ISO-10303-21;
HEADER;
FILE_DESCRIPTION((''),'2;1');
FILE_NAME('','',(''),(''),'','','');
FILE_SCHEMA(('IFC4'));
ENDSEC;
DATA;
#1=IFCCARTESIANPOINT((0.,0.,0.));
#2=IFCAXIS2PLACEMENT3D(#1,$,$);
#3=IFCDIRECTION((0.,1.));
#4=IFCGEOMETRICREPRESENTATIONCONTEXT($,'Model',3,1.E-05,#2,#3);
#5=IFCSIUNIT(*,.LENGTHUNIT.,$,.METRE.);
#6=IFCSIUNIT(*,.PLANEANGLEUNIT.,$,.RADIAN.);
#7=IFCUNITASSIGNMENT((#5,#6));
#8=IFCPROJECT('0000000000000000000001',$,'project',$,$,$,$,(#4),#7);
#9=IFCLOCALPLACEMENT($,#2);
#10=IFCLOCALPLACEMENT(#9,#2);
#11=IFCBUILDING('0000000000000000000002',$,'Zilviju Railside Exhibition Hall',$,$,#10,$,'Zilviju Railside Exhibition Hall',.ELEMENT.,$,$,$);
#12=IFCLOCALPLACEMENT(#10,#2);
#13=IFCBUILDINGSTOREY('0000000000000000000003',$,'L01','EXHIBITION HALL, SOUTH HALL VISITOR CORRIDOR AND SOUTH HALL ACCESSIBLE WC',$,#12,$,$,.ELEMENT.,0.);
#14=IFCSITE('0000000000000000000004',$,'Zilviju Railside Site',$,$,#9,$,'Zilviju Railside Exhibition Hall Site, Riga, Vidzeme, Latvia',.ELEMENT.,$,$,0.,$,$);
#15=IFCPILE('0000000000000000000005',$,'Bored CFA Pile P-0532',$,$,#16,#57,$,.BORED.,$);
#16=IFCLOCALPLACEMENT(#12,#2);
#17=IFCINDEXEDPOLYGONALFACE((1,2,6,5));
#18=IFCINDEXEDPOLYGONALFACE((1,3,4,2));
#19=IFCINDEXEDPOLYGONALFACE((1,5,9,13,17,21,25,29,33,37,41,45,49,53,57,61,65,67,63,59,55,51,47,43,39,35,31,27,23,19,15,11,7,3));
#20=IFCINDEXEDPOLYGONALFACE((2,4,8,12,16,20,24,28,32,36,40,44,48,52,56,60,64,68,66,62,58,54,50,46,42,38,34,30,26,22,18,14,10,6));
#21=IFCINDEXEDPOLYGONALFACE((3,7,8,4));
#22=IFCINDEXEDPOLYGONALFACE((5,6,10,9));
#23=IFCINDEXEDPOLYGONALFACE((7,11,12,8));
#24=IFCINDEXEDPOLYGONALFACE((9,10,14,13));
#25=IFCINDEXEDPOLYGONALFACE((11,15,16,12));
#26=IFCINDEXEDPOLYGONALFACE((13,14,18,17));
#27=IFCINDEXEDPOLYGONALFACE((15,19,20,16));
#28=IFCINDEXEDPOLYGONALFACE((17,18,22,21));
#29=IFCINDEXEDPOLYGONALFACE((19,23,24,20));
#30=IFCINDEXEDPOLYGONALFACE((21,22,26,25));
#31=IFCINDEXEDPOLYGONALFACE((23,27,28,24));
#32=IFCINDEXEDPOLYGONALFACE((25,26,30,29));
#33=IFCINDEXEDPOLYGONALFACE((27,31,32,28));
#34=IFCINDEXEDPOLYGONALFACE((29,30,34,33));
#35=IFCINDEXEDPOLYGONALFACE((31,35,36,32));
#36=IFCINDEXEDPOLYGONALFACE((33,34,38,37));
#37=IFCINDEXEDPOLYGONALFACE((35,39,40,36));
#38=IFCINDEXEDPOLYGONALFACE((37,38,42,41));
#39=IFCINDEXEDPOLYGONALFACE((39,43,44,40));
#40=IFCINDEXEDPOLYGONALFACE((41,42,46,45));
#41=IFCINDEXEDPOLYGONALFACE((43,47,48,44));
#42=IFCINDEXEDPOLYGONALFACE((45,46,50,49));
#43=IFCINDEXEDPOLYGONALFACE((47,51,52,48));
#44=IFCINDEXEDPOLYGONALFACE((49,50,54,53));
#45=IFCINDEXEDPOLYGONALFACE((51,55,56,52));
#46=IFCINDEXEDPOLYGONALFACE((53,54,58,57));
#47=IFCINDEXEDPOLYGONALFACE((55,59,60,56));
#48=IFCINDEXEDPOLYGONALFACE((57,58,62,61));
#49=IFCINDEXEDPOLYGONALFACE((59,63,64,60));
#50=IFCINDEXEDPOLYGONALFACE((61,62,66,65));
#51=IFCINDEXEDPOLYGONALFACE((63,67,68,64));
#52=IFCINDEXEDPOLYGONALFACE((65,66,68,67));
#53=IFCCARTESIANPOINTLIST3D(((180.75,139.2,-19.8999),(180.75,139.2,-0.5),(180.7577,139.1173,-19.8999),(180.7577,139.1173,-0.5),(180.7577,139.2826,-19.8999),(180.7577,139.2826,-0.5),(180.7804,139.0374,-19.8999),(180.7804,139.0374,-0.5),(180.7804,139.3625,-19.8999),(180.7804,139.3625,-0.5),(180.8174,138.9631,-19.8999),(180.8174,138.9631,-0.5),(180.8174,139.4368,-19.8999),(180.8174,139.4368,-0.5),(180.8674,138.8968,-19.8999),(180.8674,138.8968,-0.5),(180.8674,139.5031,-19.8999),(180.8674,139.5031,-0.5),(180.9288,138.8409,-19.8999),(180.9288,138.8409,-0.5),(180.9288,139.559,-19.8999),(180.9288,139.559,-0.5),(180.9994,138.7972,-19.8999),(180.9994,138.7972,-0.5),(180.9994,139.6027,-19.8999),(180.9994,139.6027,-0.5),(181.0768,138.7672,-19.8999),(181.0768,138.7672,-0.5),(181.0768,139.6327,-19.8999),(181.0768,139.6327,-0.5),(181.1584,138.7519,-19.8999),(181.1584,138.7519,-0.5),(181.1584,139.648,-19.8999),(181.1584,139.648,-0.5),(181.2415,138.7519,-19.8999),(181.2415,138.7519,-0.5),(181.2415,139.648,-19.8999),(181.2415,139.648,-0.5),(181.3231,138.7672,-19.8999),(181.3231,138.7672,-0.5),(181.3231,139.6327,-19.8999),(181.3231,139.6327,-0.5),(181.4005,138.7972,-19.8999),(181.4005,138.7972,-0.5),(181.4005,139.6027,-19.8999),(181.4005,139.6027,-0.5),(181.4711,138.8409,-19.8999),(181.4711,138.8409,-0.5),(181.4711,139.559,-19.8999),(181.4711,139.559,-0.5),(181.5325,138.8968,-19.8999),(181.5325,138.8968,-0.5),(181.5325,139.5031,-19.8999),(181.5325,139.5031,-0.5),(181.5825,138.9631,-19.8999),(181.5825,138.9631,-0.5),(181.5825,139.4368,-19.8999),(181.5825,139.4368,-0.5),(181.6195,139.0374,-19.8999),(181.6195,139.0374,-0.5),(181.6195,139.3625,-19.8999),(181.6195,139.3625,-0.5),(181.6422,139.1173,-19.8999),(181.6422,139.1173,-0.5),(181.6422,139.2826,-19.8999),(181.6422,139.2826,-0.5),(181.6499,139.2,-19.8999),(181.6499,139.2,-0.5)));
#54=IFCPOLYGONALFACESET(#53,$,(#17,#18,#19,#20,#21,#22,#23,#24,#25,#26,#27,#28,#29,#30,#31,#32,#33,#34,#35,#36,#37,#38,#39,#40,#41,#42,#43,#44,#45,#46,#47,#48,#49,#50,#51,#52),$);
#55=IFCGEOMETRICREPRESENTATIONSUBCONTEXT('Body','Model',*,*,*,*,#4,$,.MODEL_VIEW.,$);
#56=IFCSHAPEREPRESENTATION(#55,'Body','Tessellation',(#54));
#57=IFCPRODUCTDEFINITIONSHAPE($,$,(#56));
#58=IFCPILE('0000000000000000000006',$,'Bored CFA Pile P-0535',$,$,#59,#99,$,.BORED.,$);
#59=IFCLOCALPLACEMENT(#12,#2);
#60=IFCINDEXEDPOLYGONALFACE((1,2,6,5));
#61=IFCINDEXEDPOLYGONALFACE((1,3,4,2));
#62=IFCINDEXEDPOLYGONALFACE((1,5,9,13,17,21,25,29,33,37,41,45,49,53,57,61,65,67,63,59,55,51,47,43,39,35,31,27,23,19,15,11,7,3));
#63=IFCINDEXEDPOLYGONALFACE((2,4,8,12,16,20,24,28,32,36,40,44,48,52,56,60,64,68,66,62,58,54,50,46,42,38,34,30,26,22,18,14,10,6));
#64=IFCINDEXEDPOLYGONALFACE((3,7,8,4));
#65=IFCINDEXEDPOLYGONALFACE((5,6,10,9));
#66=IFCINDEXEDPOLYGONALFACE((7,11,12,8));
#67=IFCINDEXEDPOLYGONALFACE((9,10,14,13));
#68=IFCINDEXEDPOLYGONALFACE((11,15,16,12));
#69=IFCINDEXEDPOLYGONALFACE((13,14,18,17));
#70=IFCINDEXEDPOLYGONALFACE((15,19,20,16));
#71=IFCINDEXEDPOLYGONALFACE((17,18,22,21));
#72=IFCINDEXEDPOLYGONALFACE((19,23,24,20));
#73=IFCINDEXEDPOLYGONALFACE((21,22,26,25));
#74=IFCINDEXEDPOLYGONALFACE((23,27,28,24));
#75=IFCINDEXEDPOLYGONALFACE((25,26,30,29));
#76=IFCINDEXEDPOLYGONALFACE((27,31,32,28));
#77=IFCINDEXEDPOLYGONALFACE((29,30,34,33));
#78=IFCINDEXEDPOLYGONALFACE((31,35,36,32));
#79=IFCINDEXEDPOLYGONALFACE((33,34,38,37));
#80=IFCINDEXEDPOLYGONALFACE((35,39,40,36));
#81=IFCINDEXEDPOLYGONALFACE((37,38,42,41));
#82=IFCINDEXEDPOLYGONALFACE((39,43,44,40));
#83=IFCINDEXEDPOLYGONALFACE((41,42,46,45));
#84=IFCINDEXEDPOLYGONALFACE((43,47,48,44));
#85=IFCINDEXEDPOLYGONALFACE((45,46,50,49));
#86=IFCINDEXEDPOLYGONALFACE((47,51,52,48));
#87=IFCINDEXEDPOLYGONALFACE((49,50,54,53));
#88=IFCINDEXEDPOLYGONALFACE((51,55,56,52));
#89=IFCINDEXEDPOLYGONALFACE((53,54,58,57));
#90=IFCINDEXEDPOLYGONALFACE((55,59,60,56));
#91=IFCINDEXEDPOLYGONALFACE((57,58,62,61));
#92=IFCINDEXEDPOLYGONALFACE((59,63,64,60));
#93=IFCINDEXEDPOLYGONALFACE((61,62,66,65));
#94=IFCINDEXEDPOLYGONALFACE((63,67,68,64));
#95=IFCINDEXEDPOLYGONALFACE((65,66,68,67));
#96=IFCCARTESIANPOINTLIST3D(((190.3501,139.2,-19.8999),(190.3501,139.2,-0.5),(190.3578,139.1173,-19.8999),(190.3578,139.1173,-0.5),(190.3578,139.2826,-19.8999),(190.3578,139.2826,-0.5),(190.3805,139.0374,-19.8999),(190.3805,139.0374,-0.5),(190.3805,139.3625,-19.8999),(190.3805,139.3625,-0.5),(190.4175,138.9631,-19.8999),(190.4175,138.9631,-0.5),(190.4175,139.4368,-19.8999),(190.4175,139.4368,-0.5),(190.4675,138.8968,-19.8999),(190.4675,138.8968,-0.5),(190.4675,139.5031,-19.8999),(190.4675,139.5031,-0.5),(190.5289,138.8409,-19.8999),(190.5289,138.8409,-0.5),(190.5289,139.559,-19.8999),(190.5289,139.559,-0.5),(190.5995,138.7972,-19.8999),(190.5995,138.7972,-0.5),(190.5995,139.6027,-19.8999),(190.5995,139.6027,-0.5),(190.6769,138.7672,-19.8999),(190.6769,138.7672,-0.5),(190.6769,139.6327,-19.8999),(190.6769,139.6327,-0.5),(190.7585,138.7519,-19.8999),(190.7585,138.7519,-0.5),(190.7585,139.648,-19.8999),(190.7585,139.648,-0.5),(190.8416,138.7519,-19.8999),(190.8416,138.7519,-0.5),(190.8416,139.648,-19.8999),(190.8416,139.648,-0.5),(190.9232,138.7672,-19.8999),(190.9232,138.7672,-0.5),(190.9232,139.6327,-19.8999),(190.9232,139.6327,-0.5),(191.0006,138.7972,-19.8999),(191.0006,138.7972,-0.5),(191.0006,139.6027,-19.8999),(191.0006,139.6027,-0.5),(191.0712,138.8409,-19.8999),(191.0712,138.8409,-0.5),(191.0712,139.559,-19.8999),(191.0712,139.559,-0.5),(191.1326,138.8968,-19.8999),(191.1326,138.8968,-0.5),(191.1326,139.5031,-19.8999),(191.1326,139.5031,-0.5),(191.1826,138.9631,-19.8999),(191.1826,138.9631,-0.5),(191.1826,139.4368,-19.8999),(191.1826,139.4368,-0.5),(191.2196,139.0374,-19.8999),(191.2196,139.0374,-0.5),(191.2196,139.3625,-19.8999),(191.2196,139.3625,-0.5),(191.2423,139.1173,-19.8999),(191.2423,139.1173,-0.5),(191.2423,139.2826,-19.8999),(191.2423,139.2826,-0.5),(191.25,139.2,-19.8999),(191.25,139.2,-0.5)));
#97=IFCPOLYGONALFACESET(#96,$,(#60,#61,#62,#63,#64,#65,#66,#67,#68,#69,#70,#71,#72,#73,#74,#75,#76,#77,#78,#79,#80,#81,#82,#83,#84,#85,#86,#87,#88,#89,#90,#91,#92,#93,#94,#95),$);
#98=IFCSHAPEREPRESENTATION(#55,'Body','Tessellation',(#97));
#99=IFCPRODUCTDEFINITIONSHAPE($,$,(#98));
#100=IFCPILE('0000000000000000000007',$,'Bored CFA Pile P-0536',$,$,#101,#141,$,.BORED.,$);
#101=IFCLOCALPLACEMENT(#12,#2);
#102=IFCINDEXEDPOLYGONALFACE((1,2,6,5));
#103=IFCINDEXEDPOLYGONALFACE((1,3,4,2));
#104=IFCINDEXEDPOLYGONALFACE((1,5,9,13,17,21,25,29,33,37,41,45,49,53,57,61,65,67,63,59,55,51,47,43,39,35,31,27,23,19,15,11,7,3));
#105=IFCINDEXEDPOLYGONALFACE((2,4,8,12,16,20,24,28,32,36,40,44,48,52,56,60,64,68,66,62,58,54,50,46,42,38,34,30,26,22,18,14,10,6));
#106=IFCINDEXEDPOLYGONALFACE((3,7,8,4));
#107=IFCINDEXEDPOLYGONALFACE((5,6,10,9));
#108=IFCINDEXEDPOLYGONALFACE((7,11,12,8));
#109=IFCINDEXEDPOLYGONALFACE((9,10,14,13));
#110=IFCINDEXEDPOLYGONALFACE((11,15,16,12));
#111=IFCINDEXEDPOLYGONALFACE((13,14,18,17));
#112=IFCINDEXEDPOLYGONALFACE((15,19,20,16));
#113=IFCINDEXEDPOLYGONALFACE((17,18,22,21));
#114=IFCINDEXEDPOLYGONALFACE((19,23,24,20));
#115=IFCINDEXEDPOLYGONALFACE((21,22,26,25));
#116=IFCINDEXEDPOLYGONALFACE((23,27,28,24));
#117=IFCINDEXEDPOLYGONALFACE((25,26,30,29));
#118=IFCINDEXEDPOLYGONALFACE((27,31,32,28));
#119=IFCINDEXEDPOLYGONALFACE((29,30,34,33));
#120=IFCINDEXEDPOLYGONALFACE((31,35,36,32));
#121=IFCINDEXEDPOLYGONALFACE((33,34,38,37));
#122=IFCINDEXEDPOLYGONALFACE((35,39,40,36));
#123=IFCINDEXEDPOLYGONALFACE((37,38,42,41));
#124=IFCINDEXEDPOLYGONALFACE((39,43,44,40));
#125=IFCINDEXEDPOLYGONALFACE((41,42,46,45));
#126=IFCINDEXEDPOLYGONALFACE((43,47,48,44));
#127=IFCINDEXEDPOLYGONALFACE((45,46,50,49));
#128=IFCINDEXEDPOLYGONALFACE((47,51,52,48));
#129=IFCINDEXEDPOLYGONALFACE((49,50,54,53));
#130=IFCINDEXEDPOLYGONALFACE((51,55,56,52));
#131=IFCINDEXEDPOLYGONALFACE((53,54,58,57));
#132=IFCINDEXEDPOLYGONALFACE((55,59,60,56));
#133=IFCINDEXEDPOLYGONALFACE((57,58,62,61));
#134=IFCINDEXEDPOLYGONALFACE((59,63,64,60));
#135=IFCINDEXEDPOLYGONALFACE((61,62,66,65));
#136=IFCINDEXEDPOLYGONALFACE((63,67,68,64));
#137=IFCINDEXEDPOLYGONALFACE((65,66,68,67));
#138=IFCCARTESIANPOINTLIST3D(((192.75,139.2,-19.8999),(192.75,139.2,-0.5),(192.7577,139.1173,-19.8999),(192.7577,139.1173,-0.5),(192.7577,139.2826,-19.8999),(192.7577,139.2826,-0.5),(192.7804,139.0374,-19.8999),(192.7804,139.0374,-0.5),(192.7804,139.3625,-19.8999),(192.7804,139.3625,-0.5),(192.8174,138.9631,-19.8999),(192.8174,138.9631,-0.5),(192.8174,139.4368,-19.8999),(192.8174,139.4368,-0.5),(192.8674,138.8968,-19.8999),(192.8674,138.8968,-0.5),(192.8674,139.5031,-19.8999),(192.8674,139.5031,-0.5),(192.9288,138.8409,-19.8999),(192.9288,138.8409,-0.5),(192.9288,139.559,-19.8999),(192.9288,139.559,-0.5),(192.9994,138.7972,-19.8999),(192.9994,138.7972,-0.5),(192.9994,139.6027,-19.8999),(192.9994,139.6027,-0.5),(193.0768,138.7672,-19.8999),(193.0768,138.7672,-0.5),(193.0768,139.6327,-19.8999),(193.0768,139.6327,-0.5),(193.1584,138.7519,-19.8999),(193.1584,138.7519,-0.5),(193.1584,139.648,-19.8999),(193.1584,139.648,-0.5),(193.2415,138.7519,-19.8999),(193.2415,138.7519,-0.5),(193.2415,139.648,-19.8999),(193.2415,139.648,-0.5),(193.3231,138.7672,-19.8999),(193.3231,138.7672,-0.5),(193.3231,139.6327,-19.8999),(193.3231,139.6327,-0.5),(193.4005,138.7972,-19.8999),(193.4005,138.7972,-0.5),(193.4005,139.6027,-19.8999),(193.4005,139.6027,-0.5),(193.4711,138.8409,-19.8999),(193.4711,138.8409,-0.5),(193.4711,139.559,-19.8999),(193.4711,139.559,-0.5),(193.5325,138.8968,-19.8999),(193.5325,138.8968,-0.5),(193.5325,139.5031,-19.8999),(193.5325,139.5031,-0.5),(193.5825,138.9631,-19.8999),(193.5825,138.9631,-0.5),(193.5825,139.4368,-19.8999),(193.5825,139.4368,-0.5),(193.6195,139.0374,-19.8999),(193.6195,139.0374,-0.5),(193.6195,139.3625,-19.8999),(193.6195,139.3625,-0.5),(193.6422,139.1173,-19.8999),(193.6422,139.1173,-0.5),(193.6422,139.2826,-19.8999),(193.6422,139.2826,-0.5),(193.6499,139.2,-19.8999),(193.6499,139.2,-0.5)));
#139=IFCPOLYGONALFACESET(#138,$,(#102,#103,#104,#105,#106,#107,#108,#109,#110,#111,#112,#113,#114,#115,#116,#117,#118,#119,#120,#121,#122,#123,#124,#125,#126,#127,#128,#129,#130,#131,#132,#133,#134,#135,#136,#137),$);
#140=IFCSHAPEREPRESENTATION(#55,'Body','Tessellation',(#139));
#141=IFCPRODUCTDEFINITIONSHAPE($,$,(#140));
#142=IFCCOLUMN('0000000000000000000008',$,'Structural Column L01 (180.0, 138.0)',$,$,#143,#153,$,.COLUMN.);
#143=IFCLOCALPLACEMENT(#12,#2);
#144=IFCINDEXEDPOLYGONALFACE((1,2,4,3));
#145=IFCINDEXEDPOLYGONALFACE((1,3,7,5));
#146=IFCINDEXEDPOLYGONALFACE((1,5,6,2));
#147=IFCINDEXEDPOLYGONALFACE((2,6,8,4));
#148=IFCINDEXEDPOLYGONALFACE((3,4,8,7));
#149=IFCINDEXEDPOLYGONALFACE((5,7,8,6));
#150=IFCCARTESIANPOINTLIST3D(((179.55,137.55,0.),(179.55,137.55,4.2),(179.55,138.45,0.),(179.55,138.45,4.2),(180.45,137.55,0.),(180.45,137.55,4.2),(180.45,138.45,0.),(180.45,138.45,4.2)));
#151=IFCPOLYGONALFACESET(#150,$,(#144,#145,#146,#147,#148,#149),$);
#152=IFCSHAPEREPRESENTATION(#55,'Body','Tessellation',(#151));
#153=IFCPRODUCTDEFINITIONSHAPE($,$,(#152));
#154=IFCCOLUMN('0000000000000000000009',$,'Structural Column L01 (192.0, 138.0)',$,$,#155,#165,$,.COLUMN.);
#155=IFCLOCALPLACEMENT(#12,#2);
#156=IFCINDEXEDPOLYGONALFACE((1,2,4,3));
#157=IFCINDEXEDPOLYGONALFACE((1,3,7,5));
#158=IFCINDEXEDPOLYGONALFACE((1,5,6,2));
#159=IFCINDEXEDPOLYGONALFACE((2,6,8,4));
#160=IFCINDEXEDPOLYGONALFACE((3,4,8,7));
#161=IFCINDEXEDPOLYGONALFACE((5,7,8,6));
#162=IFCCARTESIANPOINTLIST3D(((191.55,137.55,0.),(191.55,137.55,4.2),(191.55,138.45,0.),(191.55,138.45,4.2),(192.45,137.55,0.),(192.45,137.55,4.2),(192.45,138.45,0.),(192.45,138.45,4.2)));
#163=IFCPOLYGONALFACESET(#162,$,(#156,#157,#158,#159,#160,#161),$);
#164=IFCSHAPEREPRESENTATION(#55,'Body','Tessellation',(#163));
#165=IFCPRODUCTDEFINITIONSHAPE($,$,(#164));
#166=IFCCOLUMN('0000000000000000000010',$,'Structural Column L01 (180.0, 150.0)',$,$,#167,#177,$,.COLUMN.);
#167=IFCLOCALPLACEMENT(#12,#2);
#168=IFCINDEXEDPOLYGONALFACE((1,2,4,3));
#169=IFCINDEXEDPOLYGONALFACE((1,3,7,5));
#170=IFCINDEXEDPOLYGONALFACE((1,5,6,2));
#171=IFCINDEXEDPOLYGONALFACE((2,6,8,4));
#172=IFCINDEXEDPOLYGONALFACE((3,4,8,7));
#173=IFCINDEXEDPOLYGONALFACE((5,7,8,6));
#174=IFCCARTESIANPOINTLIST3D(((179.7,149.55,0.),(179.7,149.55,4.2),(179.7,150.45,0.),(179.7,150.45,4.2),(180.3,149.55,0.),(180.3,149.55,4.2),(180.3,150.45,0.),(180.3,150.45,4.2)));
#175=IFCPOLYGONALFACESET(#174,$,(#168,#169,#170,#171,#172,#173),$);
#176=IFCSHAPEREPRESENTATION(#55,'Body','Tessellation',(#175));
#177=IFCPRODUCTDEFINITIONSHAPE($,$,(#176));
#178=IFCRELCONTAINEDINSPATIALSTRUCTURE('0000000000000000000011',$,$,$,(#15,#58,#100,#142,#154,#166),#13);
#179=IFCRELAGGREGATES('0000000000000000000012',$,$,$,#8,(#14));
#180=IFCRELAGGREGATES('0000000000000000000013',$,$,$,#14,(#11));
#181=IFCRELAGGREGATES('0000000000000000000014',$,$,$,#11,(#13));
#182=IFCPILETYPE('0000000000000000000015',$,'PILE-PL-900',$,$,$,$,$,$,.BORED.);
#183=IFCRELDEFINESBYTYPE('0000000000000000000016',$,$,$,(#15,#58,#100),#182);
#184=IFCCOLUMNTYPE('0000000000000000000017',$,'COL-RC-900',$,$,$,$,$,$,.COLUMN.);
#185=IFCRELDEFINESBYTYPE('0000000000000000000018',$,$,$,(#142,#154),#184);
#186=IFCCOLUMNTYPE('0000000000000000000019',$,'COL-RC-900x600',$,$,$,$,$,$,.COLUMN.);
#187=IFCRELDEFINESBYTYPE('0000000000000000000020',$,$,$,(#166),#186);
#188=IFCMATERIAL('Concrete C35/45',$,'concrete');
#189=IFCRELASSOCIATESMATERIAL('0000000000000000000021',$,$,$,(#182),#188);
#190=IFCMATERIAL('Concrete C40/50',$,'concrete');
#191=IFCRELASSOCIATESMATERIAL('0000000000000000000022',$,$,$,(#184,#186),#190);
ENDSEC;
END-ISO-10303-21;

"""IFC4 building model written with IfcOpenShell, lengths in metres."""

from ifc_helpers import new_model, si_unit, direction, frame, origin, origin_2d, place, context, subcontext, project, spatial, rectangle, circle, extrude, material, material_profile, profile_set, type_object, element, save


model = new_model("IFC4")

# Units and contexts
model_context = context("Model", 3, precision=1e-05, world=origin(), true_north=direction((0.0, 1.0)))
body_context = subcontext(model_context, "Body", "Model", "MODEL_VIEW")
ifc_project = project(units=[si_unit("LENGTHUNIT", "METRE"), si_unit("PLANEANGLEUNIT", "RADIAN")], contexts=[model_context])

# Site, building, storey
site_placement = place(None, origin())
site = spatial("IfcSite", under=ifc_project, at=site_placement, Name="Zilviju Railside Site", LongName="Zilviju Railside Exhibition Hall Site, Riga, Vidzeme, Latvia", CompositionType="ELEMENT", RefElevation=0.0)
building_placement = place(site_placement, origin())
building = spatial("IfcBuilding", under=site, at=building_placement, Name="Zilviju Railside Exhibition Hall", LongName="Zilviju Railside Exhibition Hall", CompositionType="ELEMENT")
storey_placement = place(building_placement, origin())
storey = spatial("IfcBuildingStorey", under=building, at=storey_placement, Name="L01", Description="EXHIBITION HALL, SOUTH HALL VISITOR CORRIDOR AND SOUTH HALL ACCESSIBLE WC", CompositionType="ELEMENT", Elevation=0.0)

# Shared definitions
ifc_material_1 = material(Name="Concrete C35/45", Category="concrete")

# Piles
ifc_material_profile_1 = material_profile(ifc_material_1, circle(Radius=0.45, at=origin_2d()), Name="CFA PILE D900")
ifc_profile_set_1 = profile_set([ifc_material_profile_1], Name="Concrete C35/45")
pile_type_1 = type_object("IfcPileType", Name="PILE-PL-900", PredefinedType="BORED", material=ifc_profile_set_1)
for number, where, z_axis, x_axis, name in (
    (1, (181.2, 139.2, -0.5), (0.0, 0.0, -1.0), (1.0, 0.0, 0.0), "Bored CFA Pile P-0532"),
    (2, (190.8, 139.2, -0.5), (0.0, 0.0, -1.0), (1.0, 0.0, 0.0), "Bored CFA Pile P-0535"),
    (3, (193.2, 139.2, -0.5), (0.0, 0.0, -1.0), (1.0, 0.0, 0.0), "Bored CFA Pile P-0536"),
):
    element("IfcPile", number, at=place(storey_placement, frame(where, z_axis=z_axis, x_axis=x_axis)), inside=storey, type_object=pile_type_1, Name=name, PredefinedType="BORED", context=body_context, shape_type="SweptSolid", body=[
        extrude(circle(Radius=0.45, at=origin_2d()), origin(), (0.0, 0.0, 1.0), 19.3999),
    ])

# Columns
ifc_material_2 = material(Name="Concrete C40/50", Category="concrete")
ifc_material_profile_2 = material_profile(ifc_material_2, rectangle(XDim=0.8999, YDim=0.8999, at=origin_2d()), Name="RC COL 900x900")
ifc_profile_set_2 = profile_set([ifc_material_profile_2], Name="Concrete C40/50")
column_type_1 = type_object("IfcColumnType", Name="COL-RC-900", PredefinedType="COLUMN", material=ifc_profile_set_2)
for number, where, z_axis, x_axis, name in (
    (4, (180.0, 138.0, 0.0), (0.0, 0.0, 1.0), (1.0, 0.0, 0.0), "Structural Column L01 (180.0, 138.0)"),
    (5, (192.0, 138.0, 0.0), (0.0, 0.0, 1.0), (1.0, 0.0, 0.0), "Structural Column L01 (192.0, 138.0)"),
):
    element("IfcColumn", number, at=place(storey_placement, frame(where, z_axis=z_axis, x_axis=x_axis)), inside=storey, type_object=column_type_1, Name=name, PredefinedType="COLUMN", context=body_context, shape_type="SweptSolid", body=[
        extrude(rectangle(XDim=0.8999, YDim=0.8999, at=origin_2d()), origin(), (0.0, 0.0, 1.0), 4.2),
    ])
ifc_material_profile_3 = material_profile(ifc_material_2, rectangle(XDim=0.6001, YDim=0.8999, at=origin_2d()), Name="RC COL 600x900")
ifc_profile_set_3 = profile_set([ifc_material_profile_3], Name="Concrete C40/50")
column_type_2 = type_object("IfcColumnType", Name="COL-RC-900x600", PredefinedType="COLUMN", material=ifc_profile_set_3)
column_placement = place(storey_placement, frame((180.0, 150.0, 0.0), z_axis=(0.0, 0.0, 1.0), x_axis=(1.0, 0.0, 0.0)))
element("IfcColumn", 6, at=column_placement, inside=storey, type_object=column_type_2, Name="Structural Column L01 (180.0, 150.0)", PredefinedType="COLUMN", context=body_context, shape_type="SweptSolid", body=[
    extrude(rectangle(XDim=0.6001, YDim=0.8999, at=origin_2d()), origin(), (0.0, 0.0, 1.0), 4.2),
])

save(model, "model.ifc")
